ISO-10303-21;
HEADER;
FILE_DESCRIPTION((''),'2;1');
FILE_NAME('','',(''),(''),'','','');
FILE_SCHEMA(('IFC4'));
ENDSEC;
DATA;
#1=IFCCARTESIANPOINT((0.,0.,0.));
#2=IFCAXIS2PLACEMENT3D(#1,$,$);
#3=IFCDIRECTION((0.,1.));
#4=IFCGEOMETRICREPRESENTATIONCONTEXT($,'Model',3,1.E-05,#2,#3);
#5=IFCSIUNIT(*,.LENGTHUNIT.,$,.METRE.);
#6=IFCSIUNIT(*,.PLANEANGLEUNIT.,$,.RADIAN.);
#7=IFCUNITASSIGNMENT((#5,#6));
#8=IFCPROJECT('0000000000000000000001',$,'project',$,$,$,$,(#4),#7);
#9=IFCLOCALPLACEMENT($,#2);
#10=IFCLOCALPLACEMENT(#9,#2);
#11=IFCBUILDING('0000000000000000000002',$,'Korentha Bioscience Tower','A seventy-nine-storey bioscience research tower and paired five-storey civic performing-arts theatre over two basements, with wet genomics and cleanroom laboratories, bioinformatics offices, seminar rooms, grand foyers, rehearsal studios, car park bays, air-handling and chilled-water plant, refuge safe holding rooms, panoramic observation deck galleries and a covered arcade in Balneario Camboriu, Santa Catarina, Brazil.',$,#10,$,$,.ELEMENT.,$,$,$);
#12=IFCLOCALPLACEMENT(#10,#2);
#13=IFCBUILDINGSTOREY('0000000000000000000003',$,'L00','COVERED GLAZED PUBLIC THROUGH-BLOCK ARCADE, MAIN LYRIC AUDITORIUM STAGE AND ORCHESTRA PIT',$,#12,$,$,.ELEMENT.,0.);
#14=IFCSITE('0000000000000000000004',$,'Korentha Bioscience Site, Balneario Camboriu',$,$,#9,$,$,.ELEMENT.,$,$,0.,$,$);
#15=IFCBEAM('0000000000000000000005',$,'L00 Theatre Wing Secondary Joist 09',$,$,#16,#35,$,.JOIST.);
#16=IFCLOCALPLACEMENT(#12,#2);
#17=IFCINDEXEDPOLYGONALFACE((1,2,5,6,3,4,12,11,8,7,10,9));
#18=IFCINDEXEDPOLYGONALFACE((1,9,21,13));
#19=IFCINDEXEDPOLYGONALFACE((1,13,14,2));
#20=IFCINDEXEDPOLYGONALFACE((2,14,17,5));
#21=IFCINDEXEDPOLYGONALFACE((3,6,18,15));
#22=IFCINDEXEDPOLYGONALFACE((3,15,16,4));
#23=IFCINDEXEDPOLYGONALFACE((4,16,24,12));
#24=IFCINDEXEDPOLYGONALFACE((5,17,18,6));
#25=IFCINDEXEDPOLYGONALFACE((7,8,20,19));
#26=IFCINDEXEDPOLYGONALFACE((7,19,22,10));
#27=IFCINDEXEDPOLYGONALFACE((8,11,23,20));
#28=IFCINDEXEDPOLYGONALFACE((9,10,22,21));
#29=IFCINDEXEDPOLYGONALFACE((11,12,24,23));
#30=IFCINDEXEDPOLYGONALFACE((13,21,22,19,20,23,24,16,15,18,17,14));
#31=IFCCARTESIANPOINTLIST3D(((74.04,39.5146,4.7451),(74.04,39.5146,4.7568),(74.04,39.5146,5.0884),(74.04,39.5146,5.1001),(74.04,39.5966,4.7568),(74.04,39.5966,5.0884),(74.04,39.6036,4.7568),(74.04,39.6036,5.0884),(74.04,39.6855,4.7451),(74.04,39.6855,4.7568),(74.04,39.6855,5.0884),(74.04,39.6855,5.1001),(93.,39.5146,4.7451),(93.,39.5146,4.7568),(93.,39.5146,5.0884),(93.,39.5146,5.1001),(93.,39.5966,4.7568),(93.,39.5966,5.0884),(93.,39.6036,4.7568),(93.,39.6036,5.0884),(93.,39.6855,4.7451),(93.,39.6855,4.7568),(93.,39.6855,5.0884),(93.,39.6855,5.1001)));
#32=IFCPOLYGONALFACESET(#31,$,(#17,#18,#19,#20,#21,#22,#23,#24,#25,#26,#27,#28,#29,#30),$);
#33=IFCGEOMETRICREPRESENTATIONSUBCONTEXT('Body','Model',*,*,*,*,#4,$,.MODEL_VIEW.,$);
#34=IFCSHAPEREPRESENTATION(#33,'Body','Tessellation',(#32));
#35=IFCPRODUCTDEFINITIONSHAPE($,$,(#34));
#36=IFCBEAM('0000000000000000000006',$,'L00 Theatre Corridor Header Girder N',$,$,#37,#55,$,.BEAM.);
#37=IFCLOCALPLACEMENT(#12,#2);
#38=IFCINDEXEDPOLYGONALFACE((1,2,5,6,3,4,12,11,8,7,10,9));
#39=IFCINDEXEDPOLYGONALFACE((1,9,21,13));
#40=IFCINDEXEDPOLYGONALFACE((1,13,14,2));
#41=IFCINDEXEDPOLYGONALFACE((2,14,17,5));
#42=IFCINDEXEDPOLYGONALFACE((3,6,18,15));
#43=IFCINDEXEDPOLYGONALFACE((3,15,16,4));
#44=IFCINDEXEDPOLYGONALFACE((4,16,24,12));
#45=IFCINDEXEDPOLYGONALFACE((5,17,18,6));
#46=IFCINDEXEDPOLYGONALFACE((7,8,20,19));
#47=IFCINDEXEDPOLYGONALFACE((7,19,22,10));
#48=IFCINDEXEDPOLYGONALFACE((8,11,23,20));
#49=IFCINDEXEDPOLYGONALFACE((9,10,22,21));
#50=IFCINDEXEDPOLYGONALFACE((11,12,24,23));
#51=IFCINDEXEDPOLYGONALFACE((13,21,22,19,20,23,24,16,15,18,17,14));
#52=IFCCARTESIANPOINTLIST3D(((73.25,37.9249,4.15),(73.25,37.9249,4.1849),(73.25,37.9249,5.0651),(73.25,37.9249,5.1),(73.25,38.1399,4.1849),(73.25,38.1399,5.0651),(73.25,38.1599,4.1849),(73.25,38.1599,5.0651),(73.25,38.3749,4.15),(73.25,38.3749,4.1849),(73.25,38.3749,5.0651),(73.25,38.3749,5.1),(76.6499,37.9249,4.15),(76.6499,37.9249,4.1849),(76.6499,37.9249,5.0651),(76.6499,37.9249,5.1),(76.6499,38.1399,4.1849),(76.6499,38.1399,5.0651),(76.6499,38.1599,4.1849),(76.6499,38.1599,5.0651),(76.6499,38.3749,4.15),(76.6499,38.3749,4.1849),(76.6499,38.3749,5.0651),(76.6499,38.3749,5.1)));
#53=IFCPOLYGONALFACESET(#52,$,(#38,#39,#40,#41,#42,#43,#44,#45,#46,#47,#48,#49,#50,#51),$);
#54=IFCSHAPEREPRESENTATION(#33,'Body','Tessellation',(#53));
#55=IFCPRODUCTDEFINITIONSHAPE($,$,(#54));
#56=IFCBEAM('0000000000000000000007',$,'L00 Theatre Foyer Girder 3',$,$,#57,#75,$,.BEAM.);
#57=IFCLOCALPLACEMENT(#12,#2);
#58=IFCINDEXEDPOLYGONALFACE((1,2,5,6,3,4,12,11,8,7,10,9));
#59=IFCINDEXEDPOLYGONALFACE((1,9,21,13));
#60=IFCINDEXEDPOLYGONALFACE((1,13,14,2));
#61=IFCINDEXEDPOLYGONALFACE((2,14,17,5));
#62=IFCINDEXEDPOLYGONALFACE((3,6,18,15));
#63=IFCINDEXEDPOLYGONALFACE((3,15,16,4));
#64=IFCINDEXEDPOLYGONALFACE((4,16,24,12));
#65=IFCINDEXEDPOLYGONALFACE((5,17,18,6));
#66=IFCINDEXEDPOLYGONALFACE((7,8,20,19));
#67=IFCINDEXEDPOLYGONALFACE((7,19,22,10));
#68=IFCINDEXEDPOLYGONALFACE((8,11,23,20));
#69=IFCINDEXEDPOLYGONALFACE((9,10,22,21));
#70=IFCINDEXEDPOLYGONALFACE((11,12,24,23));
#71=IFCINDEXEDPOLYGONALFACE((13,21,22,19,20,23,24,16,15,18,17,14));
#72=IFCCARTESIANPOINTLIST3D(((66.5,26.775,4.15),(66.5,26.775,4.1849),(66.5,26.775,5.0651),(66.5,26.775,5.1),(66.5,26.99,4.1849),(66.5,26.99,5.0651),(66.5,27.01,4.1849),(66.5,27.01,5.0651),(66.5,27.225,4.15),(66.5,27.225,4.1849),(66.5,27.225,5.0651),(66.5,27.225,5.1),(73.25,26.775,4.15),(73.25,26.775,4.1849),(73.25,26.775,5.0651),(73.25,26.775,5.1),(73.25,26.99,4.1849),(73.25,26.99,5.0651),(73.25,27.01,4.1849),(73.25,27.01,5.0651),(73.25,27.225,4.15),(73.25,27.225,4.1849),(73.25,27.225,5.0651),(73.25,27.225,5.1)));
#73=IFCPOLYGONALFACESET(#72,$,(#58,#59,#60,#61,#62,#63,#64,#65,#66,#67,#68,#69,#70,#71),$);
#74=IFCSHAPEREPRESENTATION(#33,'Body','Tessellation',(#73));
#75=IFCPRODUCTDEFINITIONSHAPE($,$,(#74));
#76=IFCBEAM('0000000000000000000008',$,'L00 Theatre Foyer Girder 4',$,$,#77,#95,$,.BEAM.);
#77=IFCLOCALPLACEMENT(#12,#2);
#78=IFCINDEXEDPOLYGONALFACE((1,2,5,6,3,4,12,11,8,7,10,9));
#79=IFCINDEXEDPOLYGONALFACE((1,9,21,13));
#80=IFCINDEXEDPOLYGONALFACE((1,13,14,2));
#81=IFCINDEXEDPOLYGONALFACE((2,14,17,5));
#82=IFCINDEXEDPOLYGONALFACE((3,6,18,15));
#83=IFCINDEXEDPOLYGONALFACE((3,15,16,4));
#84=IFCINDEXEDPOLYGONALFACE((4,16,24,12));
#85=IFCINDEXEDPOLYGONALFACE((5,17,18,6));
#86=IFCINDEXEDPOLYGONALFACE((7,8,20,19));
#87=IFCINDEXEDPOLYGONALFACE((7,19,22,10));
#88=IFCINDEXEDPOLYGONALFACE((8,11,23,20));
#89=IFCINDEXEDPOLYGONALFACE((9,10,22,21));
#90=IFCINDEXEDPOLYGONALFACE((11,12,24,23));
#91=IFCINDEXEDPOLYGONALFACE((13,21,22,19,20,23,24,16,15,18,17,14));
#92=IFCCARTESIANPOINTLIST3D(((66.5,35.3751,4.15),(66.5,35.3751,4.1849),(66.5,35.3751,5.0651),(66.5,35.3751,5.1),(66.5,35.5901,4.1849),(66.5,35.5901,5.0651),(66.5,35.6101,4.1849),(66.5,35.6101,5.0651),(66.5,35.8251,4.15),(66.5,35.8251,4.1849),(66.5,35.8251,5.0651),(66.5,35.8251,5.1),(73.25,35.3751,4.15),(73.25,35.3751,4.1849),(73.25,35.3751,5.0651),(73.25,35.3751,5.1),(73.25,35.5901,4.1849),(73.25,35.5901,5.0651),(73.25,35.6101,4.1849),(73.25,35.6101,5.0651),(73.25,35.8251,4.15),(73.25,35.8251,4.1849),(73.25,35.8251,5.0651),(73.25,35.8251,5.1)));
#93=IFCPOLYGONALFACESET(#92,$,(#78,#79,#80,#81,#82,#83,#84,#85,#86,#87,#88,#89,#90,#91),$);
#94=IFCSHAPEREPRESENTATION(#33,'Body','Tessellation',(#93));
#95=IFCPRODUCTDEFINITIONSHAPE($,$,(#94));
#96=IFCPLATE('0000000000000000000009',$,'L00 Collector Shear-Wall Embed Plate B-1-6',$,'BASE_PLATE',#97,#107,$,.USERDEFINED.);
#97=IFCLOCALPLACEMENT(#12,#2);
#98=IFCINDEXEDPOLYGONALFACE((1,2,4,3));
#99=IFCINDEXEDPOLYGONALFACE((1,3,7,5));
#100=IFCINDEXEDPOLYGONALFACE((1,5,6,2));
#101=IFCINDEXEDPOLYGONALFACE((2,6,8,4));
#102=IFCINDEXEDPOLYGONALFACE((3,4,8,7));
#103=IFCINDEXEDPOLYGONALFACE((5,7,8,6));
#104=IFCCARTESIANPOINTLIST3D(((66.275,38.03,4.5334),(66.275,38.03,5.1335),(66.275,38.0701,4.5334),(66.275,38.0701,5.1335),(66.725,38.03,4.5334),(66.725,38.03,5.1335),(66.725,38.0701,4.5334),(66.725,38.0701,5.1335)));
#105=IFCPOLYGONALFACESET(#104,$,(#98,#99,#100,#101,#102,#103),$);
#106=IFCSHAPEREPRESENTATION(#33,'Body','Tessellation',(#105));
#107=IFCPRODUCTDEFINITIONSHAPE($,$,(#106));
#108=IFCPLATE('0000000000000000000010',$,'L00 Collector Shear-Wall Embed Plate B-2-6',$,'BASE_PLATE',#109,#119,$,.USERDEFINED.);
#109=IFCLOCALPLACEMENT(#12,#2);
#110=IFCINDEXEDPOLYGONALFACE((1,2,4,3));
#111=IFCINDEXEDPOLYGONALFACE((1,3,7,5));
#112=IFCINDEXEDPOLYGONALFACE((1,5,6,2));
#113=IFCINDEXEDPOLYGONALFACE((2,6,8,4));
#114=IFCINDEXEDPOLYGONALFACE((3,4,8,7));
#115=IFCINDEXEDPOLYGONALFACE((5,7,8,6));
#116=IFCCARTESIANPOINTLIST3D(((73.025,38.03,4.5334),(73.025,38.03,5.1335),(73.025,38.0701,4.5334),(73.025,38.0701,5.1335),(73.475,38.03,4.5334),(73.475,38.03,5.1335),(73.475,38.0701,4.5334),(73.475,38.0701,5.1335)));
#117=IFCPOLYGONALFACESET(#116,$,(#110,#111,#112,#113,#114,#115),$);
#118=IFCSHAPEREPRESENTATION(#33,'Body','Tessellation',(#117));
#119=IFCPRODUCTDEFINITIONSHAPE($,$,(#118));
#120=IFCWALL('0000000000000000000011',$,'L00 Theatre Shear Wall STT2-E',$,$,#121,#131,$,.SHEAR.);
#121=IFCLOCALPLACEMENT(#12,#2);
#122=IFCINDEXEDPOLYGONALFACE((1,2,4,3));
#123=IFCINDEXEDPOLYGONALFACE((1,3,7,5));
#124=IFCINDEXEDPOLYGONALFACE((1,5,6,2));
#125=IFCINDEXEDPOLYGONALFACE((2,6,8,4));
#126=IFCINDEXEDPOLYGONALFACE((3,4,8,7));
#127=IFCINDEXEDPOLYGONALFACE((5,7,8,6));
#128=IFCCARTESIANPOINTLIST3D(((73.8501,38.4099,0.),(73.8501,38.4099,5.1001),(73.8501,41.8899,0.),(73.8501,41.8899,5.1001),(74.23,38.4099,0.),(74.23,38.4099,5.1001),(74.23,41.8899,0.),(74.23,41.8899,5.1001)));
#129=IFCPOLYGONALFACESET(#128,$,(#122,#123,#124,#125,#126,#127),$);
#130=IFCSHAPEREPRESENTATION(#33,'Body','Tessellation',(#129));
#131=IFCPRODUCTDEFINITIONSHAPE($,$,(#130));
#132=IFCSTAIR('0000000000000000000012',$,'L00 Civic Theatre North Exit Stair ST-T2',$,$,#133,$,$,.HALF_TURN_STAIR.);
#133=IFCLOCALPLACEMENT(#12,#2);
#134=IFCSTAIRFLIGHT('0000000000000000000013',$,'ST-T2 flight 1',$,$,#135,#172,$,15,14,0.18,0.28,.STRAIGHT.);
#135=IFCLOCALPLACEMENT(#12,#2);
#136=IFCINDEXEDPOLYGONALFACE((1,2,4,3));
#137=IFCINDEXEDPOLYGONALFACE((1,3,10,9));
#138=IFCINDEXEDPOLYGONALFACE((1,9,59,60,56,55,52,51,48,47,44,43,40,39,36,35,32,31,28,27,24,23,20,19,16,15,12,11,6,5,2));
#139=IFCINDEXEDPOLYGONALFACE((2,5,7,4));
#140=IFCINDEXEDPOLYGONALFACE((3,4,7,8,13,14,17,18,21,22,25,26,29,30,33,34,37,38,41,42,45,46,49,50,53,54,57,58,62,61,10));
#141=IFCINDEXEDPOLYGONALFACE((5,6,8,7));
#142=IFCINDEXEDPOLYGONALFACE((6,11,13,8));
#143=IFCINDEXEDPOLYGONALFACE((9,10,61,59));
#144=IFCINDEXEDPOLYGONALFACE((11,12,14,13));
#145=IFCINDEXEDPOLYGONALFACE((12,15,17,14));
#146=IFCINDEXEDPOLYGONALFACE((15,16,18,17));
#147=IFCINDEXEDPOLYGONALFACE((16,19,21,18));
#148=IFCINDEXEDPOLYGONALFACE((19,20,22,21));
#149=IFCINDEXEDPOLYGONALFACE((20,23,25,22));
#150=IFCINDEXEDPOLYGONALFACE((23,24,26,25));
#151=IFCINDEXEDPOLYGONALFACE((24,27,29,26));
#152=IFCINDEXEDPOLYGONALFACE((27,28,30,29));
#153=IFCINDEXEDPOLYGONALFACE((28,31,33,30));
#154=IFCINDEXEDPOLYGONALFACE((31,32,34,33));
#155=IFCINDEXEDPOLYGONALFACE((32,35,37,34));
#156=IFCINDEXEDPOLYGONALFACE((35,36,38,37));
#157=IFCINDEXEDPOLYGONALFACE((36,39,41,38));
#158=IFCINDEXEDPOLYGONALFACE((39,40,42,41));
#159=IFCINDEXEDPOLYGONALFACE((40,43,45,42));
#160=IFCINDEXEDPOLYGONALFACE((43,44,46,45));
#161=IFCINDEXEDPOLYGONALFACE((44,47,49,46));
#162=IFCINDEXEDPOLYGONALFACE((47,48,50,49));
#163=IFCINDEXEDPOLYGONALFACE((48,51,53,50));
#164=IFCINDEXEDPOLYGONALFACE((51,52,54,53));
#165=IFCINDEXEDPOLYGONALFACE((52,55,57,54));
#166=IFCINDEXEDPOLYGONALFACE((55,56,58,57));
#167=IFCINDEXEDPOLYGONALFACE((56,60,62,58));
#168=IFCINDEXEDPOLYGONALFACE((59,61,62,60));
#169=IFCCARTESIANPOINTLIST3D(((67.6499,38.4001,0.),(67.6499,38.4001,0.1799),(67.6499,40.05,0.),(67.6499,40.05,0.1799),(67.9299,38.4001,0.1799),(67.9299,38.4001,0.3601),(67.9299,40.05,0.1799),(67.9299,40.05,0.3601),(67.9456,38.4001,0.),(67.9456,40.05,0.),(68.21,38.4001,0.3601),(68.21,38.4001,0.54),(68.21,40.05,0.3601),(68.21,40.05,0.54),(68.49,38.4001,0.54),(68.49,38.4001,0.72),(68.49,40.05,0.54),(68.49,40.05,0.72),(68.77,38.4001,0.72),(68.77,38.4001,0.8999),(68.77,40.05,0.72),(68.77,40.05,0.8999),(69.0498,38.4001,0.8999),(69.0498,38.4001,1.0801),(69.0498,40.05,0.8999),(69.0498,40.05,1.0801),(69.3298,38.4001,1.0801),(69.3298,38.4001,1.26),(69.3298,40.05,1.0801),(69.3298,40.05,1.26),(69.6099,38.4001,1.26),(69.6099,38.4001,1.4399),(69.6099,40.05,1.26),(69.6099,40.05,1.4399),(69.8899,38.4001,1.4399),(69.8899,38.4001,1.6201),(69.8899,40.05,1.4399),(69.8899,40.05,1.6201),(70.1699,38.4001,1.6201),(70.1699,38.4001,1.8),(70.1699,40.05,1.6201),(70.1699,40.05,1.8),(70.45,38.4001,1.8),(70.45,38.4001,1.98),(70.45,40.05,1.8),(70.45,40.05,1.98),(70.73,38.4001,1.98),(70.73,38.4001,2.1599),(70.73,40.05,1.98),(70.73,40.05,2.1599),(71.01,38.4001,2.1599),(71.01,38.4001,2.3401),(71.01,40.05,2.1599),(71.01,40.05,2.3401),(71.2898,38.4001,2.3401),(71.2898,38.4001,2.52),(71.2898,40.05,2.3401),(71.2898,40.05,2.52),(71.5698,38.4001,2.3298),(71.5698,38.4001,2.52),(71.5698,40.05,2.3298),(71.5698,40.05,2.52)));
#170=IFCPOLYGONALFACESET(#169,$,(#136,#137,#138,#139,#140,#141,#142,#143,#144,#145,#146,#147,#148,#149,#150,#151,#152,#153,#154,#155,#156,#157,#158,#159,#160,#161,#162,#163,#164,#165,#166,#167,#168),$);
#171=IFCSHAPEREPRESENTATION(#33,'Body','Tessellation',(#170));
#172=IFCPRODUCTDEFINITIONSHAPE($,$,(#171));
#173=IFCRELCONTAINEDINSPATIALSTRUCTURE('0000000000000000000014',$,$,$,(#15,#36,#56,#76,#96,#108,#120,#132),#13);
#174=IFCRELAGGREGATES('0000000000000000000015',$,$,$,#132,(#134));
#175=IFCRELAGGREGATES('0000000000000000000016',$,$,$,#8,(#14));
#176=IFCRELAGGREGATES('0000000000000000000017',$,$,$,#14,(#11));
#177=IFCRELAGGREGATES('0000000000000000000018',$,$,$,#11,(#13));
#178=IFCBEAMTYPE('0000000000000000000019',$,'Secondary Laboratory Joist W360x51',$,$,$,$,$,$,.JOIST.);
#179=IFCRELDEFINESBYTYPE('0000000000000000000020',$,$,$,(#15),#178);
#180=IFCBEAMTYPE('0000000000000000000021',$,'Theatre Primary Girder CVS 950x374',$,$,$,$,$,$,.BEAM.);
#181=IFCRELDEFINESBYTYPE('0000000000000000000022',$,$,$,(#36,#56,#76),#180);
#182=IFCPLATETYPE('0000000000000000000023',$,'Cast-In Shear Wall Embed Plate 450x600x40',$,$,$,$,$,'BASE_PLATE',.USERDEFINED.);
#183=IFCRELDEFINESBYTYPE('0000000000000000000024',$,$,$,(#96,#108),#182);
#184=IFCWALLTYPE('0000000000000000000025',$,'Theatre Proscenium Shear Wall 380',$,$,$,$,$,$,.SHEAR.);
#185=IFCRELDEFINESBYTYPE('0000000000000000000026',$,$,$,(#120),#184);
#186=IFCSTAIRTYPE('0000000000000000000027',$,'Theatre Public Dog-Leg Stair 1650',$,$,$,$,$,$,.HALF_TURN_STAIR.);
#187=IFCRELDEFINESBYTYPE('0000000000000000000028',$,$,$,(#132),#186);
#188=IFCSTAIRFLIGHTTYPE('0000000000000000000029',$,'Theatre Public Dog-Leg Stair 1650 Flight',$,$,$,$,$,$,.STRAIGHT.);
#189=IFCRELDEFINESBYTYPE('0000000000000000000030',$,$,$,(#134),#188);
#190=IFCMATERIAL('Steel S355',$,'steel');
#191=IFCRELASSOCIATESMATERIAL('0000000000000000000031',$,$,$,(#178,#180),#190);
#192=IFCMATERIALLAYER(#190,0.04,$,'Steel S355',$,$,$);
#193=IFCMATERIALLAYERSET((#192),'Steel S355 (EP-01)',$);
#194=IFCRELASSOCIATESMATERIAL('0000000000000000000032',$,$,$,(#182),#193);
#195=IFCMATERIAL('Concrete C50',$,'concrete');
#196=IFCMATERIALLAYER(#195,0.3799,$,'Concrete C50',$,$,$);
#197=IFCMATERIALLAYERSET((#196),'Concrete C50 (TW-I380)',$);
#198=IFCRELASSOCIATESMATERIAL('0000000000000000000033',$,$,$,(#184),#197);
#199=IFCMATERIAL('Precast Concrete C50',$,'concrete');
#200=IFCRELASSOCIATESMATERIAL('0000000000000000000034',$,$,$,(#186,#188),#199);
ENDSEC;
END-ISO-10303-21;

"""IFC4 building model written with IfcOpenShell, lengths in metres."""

from ifc_helpers import new_model, si_unit, direction, frame, frame_2d, origin, origin_2d, place, context, subcontext, project, spatial, polyline, rectangle, i_section, outline, extrude, material, layer, layer_set, material_profile, profile_set, type_object, element, aggregate, save


model = new_model("IFC4")

# Units and contexts
model_context = context("Model", 3, precision=1e-05, world=origin(), true_north=direction((0.0, 1.0)))
body_context = subcontext(model_context, "Body", "Model", "MODEL_VIEW")
ifc_project = project(units=[si_unit("LENGTHUNIT", "METRE"), si_unit("PLANEANGLEUNIT", "RADIAN")], contexts=[model_context])

# Site, building, storey
site_placement = place(None, origin())
site = spatial("IfcSite", under=ifc_project, at=site_placement, Name="Korentha Bioscience Site, Balneario Camboriu", CompositionType="ELEMENT", RefElevation=0.0)
building_placement = place(site_placement, origin())
building = spatial("IfcBuilding", under=site, at=building_placement, Name="Korentha Bioscience Tower", Description="A seventy-nine-storey bioscience research tower and paired five-storey civic performing-arts theatre over two basements, with wet genomics and cleanroom laboratories, bioinformatics offices, seminar rooms, grand foyers, rehearsal studios, car park bays, air-handling and chilled-water plant, refuge safe holding rooms, panoramic observation deck galleries and a covered arcade in Balneario Camboriu, Santa Catarina, Brazil.", CompositionType="ELEMENT")
storey_placement = place(building_placement, origin())
storey = spatial("IfcBuildingStorey", under=building, at=storey_placement, Name="L00", Description="COVERED GLAZED PUBLIC THROUGH-BLOCK ARCADE, MAIN LYRIC AUDITORIUM STAGE AND ORCHESTRA PIT", CompositionType="ELEMENT", Elevation=0.0)

# Shared definitions
ifc_material_1 = material(Name="Concrete C50", Category="concrete")

# Beams
ifc_material_2 = material(Name="Steel S355", Category="steel")
ifc_material_profile_1 = material_profile(ifc_material_2, i_section(OverallWidth=0.1709, OverallDepth=0.355, WebThickness=0.0071, FlangeThickness=0.0117, at=origin_2d()), Name="Steel S355")
ifc_profile_set_1 = profile_set([ifc_material_profile_1], Name="Steel S355 (JB-360)")
beam_type_1 = type_object("IfcBeamType", Name="Secondary Laboratory Joist W360x51", PredefinedType="JOIST", material=ifc_profile_set_1)
for number, where, z_axis, x_axis, name in (
    (1, (74.04, 39.6001, 4.9226), (1.0, 0.0, 0.0), (0.0, 1.0, 0.0), "L00 Theatre Wing Secondary Joist 09"),
):
    element("IfcBeam", number, at=place(storey_placement, frame(where, z_axis=z_axis, x_axis=x_axis)), inside=storey, type_object=beam_type_1, Name=name, PredefinedType="JOIST", context=body_context, shape_type="SweptSolid", body=[
        extrude(i_section(OverallWidth=0.1709, OverallDepth=0.355, WebThickness=0.0071, FlangeThickness=0.0117, at=origin_2d()), origin(), (0.0, 0.0, 1.0), 18.96),
    ])
ifc_material_profile_2 = material_profile(ifc_material_2, i_section(OverallWidth=0.45, OverallDepth=0.95, WebThickness=0.02, FlangeThickness=0.0349, at=origin_2d()), Name="Steel S355")
ifc_profile_set_2 = profile_set([ifc_material_profile_2], Name="Steel S355 (TB-950)")
beam_type_2 = type_object("IfcBeamType", Name="Theatre Primary Girder CVS 950x374", PredefinedType="BEAM", material=ifc_profile_set_2)
beam_1_placement = place(storey_placement, frame((73.25, 38.1499, 4.625), z_axis=(1.0, 0.0, 0.0), x_axis=(0.0, 1.0, 0.0)))
element("IfcBeam", 2, at=beam_1_placement, inside=storey, type_object=beam_type_2, Name="L00 Theatre Corridor Header Girder N", PredefinedType="BEAM", context=body_context, shape_type="SweptSolid", body=[
    extrude(i_section(OverallWidth=0.45, OverallDepth=0.95, WebThickness=0.02, FlangeThickness=0.0349, at=origin_2d()), origin(), (0.0, 0.0, 1.0), 3.3999),
])
for number, where, z_axis, x_axis, name in (
    (3, (66.5, 27.0, 4.625), (1.0, 0.0, 0.0), (0.0, 1.0, 0.0), "L00 Theatre Foyer Girder 3"),
    (4, (66.5, 35.6001, 4.625), (1.0, 0.0, 0.0), (0.0, 1.0, 0.0), "L00 Theatre Foyer Girder 4"),
):
    element("IfcBeam", number, at=place(storey_placement, frame(where, z_axis=z_axis, x_axis=x_axis)), inside=storey, type_object=beam_type_2, Name=name, PredefinedType="BEAM", context=body_context, shape_type="SweptSolid", body=[
        extrude(i_section(OverallWidth=0.45, OverallDepth=0.95, WebThickness=0.02, FlangeThickness=0.0349, at=origin_2d()), origin(), (0.0, 0.0, 1.0), 6.75),
    ])

# Plates
ifc_layer_1 = layer(ifc_material_2, 0.04, Name="Steel S355")
ifc_layer_set_1 = layer_set([ifc_layer_1], Name="Steel S355 (EP-01)")
plate_type = type_object("IfcPlateType", Name="Cast-In Shear Wall Embed Plate 450x600x40", ElementType="BASE_PLATE", PredefinedType="USERDEFINED", material=ifc_layer_set_1)
for number, where, z_axis, x_axis, name in (
    (5, (66.5, 38.05, 4.5334), (0.0, 0.0, 1.0), (1.0, 0.0, 0.0), "L00 Collector Shear-Wall Embed Plate B-1-6"),
    (6, (73.25, 38.05, 4.5334), (0.0, 0.0, 1.0), (1.0, 0.0, 0.0), "L00 Collector Shear-Wall Embed Plate B-2-6"),
):
    element("IfcPlate", number, at=place(storey_placement, frame(where, z_axis=z_axis, x_axis=x_axis)), inside=storey, type_object=plate_type, Name=name, ObjectType="BASE_PLATE", PredefinedType="USERDEFINED", context=body_context, shape_type="SweptSolid", body=[
        extrude(rectangle(XDim=0.45, YDim=0.04, at=origin_2d()), origin(), (0.0, 0.0, 1.0), 0.6001),
    ])

# Wall
ifc_layer_2 = layer(ifc_material_1, 0.3799, Name="Concrete C50")
ifc_layer_set_2 = layer_set([ifc_layer_2], Name="Concrete C50 (TW-I380)")
wall_type = type_object("IfcWallType", Name="Theatre Proscenium Shear Wall 380", PredefinedType="SHEAR", material=ifc_layer_set_2)
wall_1_placement = place(storey_placement, frame((74.04, 38.4099, 0.0), z_axis=(0.0, 0.0, 1.0), x_axis=(0.0, 1.0, 0.0)))
element("IfcWall", 7, at=wall_1_placement, inside=storey, type_object=wall_type, Name="L00 Theatre Shear Wall STT2-E", PredefinedType="SHEAR", context=body_context, shape_type="SweptSolid", body=[
    extrude(rectangle(XDim=3.48, YDim=0.3799, at=frame_2d((1.74, 0.0))), origin(), (0.0, 0.0, 1.0), 5.1001),
])

# Stair, stair flight
ifc_material_3 = material(Name="Precast Concrete C50", Category="concrete")
stair_type = type_object("IfcStairType", Name="Theatre Public Dog-Leg Stair 1650", PredefinedType="HALF_TURN_STAIR", material=ifc_material_3)
stair_placement = place(storey_placement, origin())
stair = element("IfcStair", 8, at=stair_placement, inside=storey, type_object=stair_type, Name="L00 Civic Theatre North Exit Stair ST-T2", PredefinedType="HALF_TURN_STAIR")
stair_flight_type = type_object("IfcStairFlightType", Name="Theatre Public Dog-Leg Stair 1650 Flight", PredefinedType="STRAIGHT", material=ifc_material_3)
stair_flight_placement = place(storey_placement, frame((67.6499, 39.2251, 0.0), z_axis=(0.0, 0.0, 1.0), x_axis=(1.0, 0.0, 0.0)))
stair_flight = element("IfcStairFlight", 9, at=stair_flight_placement, type_object=stair_flight_type, Name="ST-T2 flight 1", NumberOfRisers=15, NumberOfTreads=14, PredefinedType="STRAIGHT", RiserHeight=0.18, TreadLength=0.28, context=body_context, shape_type="SweptSolid", body=[
    extrude(outline(polyline([(0.0, 0.0), (0.0, 0.1799), (0.28, 0.1799), (0.28, 0.3601), (0.5601, 0.3601), (0.5601, 0.54), (0.8401, 0.54), (0.8401, 0.72), (1.1201, 0.72), (1.1201, 0.8999), (1.3999, 0.8999), (1.3999, 1.0801), (1.6799, 1.0801), (1.6799, 1.26), (1.96, 1.26), (1.96, 1.4399), (2.24, 1.4399), (2.24, 1.6201), (2.52, 1.6201), (2.52, 1.8), (2.8, 1.8), (2.8, 1.98), (3.0801, 1.98), (3.0801, 2.1599), (3.3601, 2.1599), (3.3601, 2.3401), (3.6399, 2.3401), (3.6399, 2.52), (3.9199, 2.52), (3.9199, 2.7), (3.9199, 2.3298), (0.2957, 0.0), (0.0, 0.0)])), frame((0.0, 0.825, 0.0), z_axis=(0.0, -1.0, 0.0), x_axis=(1.0, 0.0, 0.0)), (0.0, 0.0, 1.0), 1.6499),
])
aggregate(stair, [stair_flight])

save(model, "model.ifc")
